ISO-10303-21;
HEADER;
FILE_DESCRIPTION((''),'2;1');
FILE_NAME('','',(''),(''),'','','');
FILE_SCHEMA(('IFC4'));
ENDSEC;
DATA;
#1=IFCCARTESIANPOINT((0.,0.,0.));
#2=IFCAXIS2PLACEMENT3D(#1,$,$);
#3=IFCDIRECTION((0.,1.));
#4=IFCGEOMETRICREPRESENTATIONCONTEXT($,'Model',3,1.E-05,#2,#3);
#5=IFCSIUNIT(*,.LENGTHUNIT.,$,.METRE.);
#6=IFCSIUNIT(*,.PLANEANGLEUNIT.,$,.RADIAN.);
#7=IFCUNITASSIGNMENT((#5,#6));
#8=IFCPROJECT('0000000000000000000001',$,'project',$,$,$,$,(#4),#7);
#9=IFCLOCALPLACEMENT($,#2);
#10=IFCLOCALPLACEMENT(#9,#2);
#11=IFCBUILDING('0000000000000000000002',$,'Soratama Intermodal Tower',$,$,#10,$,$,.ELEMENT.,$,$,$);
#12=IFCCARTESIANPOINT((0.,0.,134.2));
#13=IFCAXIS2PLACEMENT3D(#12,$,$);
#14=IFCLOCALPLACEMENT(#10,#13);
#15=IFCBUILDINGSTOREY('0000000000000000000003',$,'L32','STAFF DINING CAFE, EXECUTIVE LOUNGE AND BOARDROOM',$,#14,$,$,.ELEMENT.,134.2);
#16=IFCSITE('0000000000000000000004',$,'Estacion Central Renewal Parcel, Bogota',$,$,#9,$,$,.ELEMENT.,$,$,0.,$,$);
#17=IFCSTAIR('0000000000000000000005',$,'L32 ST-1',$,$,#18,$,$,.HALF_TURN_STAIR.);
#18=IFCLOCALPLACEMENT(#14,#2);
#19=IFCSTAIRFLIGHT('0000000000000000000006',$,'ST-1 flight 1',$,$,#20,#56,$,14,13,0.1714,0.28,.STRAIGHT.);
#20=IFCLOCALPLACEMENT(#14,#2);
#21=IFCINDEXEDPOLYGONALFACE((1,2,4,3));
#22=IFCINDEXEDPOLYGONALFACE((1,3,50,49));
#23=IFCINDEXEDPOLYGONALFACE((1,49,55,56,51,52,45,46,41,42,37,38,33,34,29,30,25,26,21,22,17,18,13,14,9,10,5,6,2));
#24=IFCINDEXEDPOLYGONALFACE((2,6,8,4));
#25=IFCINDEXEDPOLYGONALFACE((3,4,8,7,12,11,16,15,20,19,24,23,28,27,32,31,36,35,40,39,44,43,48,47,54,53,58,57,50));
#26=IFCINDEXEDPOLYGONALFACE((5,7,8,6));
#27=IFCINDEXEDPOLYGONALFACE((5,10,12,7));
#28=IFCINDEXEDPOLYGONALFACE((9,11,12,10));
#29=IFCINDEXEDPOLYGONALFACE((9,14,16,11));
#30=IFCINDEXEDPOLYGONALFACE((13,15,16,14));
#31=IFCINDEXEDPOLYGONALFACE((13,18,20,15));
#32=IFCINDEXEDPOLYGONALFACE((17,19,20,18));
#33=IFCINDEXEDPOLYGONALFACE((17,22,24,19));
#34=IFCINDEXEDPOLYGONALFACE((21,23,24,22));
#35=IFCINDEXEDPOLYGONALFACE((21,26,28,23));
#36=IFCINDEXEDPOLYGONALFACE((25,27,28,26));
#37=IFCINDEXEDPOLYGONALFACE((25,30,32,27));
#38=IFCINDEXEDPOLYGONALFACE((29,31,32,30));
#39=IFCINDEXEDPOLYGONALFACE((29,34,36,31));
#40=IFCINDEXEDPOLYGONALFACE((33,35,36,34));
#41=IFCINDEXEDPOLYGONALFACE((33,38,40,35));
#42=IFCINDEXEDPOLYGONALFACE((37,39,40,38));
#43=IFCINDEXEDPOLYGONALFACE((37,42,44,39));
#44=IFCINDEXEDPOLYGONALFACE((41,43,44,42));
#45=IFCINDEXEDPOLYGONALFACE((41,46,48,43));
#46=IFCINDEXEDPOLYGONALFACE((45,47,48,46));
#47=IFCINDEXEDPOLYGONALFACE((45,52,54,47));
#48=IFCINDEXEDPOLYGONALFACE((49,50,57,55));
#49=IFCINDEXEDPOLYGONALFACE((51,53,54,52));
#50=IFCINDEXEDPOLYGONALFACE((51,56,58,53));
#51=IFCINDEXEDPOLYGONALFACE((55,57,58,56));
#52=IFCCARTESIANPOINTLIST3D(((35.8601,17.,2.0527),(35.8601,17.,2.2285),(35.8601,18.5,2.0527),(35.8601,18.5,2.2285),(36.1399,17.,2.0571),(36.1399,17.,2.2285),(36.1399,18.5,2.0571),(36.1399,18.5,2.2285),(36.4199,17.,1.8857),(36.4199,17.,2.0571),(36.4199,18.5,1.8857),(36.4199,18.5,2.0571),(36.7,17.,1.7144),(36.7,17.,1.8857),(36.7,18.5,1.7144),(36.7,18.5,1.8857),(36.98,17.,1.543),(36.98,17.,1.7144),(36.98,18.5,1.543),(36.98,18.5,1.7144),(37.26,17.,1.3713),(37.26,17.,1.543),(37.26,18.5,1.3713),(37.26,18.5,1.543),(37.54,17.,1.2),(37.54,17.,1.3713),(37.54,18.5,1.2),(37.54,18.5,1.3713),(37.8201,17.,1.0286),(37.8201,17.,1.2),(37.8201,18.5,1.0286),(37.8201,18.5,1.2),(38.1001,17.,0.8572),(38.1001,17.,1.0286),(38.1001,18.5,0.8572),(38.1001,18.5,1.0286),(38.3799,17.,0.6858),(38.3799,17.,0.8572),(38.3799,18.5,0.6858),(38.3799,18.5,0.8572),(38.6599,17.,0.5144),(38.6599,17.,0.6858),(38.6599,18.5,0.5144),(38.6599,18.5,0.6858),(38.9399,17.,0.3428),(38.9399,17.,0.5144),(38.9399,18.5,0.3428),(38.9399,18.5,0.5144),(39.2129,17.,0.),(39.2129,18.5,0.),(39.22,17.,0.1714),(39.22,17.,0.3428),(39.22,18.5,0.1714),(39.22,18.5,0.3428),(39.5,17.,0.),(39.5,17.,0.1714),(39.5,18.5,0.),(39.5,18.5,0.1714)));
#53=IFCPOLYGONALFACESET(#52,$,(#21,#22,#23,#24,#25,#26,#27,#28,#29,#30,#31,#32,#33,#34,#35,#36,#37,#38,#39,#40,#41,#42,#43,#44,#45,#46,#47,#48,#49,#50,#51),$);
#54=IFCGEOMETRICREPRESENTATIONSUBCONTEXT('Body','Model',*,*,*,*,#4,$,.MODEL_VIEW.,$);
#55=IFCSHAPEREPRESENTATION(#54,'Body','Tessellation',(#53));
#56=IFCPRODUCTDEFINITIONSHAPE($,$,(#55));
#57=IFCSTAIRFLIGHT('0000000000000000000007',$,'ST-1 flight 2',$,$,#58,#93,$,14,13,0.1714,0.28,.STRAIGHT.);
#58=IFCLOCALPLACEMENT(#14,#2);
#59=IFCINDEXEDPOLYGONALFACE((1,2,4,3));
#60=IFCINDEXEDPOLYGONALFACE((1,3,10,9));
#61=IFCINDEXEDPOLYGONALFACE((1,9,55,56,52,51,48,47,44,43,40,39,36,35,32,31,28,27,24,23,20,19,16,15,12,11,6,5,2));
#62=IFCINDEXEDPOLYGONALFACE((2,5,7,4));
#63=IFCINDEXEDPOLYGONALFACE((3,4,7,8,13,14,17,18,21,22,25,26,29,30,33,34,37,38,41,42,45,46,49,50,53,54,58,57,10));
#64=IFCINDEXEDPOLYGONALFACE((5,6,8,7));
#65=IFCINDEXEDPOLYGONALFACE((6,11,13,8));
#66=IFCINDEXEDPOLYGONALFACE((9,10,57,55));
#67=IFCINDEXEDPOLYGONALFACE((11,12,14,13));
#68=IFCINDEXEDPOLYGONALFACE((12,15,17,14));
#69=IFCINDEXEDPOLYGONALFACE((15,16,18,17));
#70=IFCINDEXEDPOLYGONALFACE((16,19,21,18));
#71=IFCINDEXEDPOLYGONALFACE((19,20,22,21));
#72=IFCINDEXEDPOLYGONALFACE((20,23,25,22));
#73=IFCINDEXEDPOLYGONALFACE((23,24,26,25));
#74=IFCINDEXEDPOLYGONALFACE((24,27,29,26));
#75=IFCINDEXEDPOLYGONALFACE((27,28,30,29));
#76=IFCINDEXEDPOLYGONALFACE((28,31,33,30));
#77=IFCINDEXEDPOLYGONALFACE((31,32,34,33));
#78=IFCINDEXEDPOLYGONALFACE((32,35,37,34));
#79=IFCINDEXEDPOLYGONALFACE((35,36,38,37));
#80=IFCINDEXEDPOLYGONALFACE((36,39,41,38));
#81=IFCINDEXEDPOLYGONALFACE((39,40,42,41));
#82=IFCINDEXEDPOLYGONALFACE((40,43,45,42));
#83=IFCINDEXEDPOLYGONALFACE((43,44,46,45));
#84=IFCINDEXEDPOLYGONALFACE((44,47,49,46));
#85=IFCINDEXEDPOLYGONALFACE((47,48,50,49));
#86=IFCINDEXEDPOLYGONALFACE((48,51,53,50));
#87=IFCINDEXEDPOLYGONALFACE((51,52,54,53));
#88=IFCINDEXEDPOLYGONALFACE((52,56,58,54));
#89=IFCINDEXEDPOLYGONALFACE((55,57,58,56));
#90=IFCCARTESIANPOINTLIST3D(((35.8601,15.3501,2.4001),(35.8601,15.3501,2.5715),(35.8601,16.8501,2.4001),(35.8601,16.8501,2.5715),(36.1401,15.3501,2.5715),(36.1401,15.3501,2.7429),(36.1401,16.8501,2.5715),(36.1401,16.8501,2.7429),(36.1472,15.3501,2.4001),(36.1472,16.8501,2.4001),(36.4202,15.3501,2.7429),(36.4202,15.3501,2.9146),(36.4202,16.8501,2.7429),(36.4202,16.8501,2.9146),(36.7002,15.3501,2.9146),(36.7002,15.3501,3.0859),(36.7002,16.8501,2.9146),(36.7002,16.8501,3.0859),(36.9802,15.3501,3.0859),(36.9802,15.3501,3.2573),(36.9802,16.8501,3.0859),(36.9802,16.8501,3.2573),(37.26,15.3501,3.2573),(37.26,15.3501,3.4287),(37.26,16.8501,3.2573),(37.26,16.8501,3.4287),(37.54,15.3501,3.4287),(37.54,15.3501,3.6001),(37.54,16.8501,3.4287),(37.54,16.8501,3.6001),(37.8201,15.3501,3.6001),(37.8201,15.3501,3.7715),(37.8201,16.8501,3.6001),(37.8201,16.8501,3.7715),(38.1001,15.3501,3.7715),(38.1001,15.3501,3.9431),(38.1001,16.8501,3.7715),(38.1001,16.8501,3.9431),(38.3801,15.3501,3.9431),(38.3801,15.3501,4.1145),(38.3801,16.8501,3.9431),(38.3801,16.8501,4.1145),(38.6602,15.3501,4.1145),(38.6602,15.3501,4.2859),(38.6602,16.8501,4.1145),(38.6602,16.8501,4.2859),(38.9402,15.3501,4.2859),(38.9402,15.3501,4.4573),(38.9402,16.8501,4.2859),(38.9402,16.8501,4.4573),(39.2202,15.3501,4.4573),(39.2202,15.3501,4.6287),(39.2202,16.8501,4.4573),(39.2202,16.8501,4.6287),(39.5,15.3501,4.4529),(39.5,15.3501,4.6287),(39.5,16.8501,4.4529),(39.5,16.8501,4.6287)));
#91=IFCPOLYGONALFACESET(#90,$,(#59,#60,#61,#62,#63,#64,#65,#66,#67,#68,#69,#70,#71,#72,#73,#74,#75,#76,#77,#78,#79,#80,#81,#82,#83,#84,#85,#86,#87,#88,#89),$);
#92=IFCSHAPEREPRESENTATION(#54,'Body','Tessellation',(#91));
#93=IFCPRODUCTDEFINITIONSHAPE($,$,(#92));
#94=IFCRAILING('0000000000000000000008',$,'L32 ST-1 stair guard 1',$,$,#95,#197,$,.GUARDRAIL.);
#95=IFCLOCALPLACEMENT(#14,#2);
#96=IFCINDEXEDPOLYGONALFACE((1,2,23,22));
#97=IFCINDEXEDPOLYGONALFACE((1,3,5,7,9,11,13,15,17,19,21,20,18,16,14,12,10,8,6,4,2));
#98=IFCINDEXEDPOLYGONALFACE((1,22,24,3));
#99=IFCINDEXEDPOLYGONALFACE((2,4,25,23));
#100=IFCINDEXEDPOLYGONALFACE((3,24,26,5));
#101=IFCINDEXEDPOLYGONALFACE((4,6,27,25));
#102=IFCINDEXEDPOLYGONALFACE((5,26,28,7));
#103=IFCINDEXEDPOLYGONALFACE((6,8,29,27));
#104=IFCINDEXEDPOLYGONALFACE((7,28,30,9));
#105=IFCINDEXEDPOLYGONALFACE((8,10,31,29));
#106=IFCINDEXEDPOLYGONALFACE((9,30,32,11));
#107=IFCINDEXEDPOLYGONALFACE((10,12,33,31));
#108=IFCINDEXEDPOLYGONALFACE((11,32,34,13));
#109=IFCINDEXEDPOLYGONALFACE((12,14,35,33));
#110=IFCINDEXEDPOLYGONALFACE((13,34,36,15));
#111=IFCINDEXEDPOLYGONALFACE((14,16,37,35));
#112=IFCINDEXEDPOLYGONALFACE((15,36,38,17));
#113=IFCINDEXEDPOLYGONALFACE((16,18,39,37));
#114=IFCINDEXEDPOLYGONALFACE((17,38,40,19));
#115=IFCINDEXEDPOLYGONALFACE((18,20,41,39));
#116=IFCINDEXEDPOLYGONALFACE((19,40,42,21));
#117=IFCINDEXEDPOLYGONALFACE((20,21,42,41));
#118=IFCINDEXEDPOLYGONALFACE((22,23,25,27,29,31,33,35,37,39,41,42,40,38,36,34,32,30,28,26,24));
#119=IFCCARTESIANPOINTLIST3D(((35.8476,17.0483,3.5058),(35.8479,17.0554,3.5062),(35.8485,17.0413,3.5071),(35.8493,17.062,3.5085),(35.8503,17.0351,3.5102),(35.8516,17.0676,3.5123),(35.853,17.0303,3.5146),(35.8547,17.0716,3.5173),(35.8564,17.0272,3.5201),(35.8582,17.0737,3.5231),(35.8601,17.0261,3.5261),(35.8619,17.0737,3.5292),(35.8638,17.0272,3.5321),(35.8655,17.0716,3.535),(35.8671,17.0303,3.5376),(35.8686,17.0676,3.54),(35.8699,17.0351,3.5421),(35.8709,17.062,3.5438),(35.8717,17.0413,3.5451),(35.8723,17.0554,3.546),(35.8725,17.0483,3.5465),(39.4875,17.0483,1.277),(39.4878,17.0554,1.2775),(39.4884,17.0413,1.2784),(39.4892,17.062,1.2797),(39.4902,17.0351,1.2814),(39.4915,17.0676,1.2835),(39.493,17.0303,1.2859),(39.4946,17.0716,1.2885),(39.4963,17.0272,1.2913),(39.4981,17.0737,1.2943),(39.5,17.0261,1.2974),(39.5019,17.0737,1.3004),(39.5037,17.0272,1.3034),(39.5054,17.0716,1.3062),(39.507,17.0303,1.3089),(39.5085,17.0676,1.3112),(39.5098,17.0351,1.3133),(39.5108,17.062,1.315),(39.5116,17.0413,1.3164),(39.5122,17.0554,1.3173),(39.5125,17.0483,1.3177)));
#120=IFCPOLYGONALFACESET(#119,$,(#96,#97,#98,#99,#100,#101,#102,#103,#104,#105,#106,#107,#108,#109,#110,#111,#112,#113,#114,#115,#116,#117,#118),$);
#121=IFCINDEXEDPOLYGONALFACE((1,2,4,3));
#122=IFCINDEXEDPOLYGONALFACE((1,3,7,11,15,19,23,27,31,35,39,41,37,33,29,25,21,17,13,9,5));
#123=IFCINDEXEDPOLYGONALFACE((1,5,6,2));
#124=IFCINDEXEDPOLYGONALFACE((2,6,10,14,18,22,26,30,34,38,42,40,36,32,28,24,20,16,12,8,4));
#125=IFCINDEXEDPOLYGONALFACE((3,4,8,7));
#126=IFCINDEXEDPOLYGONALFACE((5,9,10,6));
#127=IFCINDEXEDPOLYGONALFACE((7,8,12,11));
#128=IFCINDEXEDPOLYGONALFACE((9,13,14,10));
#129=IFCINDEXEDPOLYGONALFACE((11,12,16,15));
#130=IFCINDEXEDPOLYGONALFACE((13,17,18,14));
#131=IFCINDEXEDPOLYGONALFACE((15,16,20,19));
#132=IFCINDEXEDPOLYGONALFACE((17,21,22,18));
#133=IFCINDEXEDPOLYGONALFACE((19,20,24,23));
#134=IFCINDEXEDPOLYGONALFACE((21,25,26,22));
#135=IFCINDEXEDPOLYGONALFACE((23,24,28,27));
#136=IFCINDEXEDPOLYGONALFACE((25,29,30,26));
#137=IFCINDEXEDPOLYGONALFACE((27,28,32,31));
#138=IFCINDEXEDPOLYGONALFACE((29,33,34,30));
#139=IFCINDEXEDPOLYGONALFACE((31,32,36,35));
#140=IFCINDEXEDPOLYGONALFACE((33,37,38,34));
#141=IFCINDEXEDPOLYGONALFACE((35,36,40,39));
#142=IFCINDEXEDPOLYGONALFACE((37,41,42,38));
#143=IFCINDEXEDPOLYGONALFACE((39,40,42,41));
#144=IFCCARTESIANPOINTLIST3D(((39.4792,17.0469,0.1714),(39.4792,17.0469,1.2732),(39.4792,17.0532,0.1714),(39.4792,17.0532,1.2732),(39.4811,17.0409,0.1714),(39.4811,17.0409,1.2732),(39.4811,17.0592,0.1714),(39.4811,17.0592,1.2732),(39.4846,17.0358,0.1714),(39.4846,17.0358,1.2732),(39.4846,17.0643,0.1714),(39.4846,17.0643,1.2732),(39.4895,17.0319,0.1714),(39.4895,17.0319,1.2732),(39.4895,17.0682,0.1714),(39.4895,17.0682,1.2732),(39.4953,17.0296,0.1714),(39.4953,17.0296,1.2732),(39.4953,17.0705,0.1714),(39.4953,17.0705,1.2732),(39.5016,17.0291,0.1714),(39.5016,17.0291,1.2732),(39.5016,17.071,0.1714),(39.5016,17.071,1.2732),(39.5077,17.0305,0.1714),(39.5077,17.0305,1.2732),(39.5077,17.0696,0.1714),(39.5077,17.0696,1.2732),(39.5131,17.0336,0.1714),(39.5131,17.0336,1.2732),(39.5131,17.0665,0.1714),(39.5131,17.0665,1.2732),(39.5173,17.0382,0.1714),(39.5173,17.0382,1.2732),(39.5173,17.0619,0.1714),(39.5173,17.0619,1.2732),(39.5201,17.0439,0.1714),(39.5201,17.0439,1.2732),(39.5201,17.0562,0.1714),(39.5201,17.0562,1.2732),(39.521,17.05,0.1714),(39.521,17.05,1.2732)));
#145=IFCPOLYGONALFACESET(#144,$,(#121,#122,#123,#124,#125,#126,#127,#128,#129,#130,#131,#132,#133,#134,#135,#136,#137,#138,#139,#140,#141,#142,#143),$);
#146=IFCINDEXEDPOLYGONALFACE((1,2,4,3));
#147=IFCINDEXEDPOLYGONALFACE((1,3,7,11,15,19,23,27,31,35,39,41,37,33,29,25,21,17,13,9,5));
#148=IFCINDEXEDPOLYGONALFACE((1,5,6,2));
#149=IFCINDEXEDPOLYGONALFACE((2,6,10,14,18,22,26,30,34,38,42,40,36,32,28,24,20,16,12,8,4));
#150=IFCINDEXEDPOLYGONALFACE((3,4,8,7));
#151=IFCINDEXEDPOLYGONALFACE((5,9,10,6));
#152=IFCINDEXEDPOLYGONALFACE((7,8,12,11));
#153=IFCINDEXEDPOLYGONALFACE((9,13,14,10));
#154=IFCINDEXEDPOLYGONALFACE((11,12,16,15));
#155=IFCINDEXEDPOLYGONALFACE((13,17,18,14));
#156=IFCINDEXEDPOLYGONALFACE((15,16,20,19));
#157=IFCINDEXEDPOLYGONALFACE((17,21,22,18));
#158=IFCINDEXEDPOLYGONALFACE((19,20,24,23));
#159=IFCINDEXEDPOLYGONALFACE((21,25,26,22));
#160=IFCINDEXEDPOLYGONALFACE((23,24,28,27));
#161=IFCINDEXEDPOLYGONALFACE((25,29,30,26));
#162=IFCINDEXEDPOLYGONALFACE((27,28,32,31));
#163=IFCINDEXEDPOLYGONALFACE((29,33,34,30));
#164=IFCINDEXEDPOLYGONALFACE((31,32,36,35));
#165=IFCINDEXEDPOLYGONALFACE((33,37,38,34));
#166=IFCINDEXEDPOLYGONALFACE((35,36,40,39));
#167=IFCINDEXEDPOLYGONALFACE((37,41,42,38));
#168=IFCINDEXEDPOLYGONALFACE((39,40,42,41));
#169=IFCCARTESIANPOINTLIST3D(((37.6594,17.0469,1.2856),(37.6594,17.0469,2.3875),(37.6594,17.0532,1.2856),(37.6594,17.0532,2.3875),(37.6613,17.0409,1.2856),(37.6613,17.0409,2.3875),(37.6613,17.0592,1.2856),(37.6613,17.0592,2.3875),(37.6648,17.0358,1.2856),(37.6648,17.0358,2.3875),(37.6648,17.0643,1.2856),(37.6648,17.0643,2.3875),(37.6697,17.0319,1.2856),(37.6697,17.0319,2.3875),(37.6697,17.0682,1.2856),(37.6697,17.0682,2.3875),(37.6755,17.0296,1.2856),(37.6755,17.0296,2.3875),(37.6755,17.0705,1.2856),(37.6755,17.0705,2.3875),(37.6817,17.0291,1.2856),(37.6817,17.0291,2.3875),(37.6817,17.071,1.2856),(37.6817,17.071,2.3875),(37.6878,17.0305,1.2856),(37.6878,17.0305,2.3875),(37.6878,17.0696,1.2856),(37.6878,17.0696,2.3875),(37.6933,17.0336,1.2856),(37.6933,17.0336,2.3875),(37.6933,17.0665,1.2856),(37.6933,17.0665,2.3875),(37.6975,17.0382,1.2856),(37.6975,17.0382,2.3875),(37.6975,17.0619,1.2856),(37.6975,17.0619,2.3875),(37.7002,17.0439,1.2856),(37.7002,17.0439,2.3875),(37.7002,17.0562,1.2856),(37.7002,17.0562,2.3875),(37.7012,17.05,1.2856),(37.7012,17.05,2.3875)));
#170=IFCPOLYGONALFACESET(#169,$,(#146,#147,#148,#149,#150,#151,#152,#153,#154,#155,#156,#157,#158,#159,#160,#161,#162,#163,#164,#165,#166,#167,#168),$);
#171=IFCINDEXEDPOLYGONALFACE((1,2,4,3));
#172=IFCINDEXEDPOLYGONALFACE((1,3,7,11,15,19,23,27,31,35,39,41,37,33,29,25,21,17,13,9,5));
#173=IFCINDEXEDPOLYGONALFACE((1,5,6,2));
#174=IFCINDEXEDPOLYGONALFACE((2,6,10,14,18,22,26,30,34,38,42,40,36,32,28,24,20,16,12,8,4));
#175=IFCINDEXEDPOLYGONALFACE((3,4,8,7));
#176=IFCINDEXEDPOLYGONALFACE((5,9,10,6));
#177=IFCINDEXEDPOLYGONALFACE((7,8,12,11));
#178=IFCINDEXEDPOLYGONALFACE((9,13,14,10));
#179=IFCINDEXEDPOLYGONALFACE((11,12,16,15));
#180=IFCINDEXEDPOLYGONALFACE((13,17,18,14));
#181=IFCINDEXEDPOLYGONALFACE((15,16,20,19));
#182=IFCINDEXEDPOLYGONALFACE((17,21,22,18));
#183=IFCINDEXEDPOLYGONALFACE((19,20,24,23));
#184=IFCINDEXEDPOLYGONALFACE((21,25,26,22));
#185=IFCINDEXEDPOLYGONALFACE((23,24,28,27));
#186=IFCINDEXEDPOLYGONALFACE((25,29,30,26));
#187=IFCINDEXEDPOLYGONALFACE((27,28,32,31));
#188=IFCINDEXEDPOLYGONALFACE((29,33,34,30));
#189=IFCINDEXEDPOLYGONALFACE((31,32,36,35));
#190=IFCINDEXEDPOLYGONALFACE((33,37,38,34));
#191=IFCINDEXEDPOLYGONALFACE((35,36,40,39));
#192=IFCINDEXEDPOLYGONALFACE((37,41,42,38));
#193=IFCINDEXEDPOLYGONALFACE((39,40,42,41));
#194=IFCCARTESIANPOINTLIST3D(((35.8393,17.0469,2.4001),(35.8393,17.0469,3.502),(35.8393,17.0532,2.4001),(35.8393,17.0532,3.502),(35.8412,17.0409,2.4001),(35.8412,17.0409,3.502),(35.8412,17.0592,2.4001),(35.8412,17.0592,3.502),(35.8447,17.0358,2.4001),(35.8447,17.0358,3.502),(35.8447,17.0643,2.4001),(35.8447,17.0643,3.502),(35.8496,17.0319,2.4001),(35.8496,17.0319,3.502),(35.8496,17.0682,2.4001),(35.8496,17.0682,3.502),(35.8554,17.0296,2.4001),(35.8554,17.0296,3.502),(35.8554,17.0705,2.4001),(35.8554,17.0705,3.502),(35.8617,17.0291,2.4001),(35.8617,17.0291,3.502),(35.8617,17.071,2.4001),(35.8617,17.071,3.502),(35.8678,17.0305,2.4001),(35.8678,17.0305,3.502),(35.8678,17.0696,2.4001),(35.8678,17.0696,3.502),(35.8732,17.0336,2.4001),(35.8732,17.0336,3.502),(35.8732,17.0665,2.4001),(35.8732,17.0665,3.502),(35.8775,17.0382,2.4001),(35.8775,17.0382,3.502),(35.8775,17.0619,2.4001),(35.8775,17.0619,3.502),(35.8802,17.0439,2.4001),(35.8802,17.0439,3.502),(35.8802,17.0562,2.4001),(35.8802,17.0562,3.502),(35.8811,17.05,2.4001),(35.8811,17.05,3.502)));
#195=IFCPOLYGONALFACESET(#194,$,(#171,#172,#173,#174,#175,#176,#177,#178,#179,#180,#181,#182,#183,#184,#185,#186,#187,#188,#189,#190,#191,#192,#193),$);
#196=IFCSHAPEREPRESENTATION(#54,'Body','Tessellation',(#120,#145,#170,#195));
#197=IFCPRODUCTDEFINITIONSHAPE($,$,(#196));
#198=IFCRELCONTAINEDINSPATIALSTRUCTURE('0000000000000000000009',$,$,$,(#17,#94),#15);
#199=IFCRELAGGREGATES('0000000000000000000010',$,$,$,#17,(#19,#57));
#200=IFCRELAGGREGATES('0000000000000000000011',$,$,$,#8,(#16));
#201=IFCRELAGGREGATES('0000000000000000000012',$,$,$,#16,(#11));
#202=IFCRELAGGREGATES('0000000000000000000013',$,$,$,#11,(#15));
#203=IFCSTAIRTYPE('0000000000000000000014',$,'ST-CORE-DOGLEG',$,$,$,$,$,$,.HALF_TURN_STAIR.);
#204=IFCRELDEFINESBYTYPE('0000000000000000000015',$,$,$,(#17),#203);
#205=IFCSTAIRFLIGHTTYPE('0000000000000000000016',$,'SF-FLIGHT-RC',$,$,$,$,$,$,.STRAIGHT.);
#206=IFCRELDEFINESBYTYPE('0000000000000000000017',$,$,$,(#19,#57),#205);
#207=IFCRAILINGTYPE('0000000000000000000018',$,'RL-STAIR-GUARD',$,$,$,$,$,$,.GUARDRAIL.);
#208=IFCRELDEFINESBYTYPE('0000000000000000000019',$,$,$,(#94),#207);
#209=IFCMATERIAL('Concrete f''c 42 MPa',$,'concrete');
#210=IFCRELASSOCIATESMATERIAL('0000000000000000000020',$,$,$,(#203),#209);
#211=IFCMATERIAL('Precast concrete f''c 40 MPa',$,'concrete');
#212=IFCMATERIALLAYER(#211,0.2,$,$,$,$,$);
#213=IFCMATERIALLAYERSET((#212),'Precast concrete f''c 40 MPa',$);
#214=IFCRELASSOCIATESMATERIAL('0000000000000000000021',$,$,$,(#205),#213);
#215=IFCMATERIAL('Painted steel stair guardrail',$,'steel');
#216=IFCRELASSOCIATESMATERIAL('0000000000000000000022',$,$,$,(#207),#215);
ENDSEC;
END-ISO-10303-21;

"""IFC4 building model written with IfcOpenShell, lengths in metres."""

from ifc_helpers import new_model, si_unit, direction, frame, origin, origin_2d, place, context, subcontext, project, spatial, polyline, circle, outline, extrude, material, layer, layer_set, type_object, element, aggregate, save


model = new_model("IFC4")

# Units and contexts
model_context = context("Model", 3, precision=1e-05, world=origin(), true_north=direction((0.0, 1.0)))
body_context = subcontext(model_context, "Body", "Model", "MODEL_VIEW")
ifc_project = project(units=[si_unit("LENGTHUNIT", "METRE"), si_unit("PLANEANGLEUNIT", "RADIAN")], contexts=[model_context])

# Site, building, storey
site_placement = place(None, origin())
site = spatial("IfcSite", under=ifc_project, at=site_placement, Name="Estacion Central Renewal Parcel, Bogota", CompositionType="ELEMENT", RefElevation=0.0)
building_placement = place(site_placement, origin())
building = spatial("IfcBuilding", under=site, at=building_placement, Name="Soratama Intermodal Tower", CompositionType="ELEMENT")
storey_placement = place(building_placement, frame((0.0, 0.0, 134.2)))
storey = spatial("IfcBuildingStorey", under=building, at=storey_placement, Name="L32", Description="STAFF DINING CAFE, EXECUTIVE LOUNGE AND BOARDROOM", CompositionType="ELEMENT", Elevation=134.2)

# Stair, stair flights
ifc_material_1 = material(Name="Concrete f'c 42 MPa", Category="concrete")
stair_type = type_object("IfcStairType", Name="ST-CORE-DOGLEG", PredefinedType="HALF_TURN_STAIR", material=ifc_material_1)
stair_placement = place(storey_placement, origin())
stair = element("IfcStair", 1, at=stair_placement, inside=storey, type_object=stair_type, Name="L32 ST-1", PredefinedType="HALF_TURN_STAIR")
ifc_material_2 = material(Name="Precast concrete f'c 40 MPa", Category="concrete")
ifc_layer_1 = layer(ifc_material_2, 0.2)
ifc_layer_set_1 = layer_set([ifc_layer_1], Name="Precast concrete f'c 40 MPa")
stair_flight_type = type_object("IfcStairFlightType", Name="SF-FLIGHT-RC", PredefinedType="STRAIGHT", material=ifc_layer_set_1)
stair_flight_1_placement = place(storey_placement, frame((39.5, 17.75, 0.0), z_axis=(0.0, 0.0, 1.0), x_axis=(-1.0, 0.0, 0.0)))
stair_flight_1 = element("IfcStairFlight", 2, at=stair_flight_1_placement, type_object=stair_flight_type, Name="ST-1 flight 1", NumberOfRisers=14, NumberOfTreads=13, PredefinedType="STRAIGHT", RiserHeight=0.1714, TreadLength=0.28, context=body_context, shape_type="SweptSolid", body=[
    extrude(outline(polyline([(0.0, 0.0), (0.0, 0.1714), (0.28, 0.1714), (0.28, 0.3428), (0.5601, 0.3428), (0.5601, 0.5144), (0.8401, 0.5144), (0.8401, 0.6858), (1.1201, 0.6858), (1.1201, 0.8572), (1.3999, 0.8572), (1.3999, 1.0286), (1.6799, 1.0286), (1.6799, 1.2), (1.96, 1.2), (1.96, 1.3713), (2.24, 1.3713), (2.24, 1.543), (2.52, 1.543), (2.52, 1.7144), (2.8, 1.7144), (2.8, 1.8857), (3.0801, 1.8857), (3.0801, 2.0571), (3.3601, 2.0571), (3.3601, 2.2285), (3.6399, 2.2285), (3.6399, 2.3999), (3.6399, 2.0527), (0.2871, 0.0), (0.0, 0.0)])), frame((0.0, 0.75, 0.0), z_axis=(0.0, -1.0, 0.0), x_axis=(1.0, 0.0, 0.0)), (0.0, 0.0, 1.0), 1.5),
])
stair_flight_2_placement = place(storey_placement, frame((35.8601, 16.1001, 2.4001), z_axis=(0.0, 0.0, 1.0), x_axis=(1.0, 0.0, 0.0)))
stair_flight_2 = element("IfcStairFlight", 3, at=stair_flight_2_placement, type_object=stair_flight_type, Name="ST-1 flight 2", NumberOfRisers=14, NumberOfTreads=13, PredefinedType="STRAIGHT", RiserHeight=0.1714, TreadLength=0.28, context=body_context, shape_type="SweptSolid", body=[
    extrude(outline(polyline([(0.0, 0.0), (0.0, 0.1714), (0.28, 0.1714), (0.28, 0.3428), (0.5601, 0.3428), (0.5601, 0.5144), (0.8401, 0.5144), (0.8401, 0.6858), (1.1201, 0.6858), (1.1201, 0.8572), (1.3999, 0.8572), (1.3999, 1.0286), (1.6799, 1.0286), (1.6799, 1.2), (1.96, 1.2), (1.96, 1.3713), (2.24, 1.3713), (2.24, 1.543), (2.52, 1.543), (2.52, 1.7144), (2.8, 1.7144), (2.8, 1.8857), (3.0801, 1.8857), (3.0801, 2.0571), (3.3601, 2.0571), (3.3601, 2.2285), (3.6399, 2.2285), (3.6399, 2.3999), (3.6399, 2.0527), (0.2871, 0.0), (0.0, 0.0)])), frame((0.0, 0.75, 0.0), z_axis=(0.0, -1.0, 0.0), x_axis=(1.0, 0.0, 0.0)), (0.0, 0.0, 1.0), 1.5),
])
aggregate(stair, [stair_flight_1, stair_flight_2])

# Railing
ifc_material_3 = material(Name="Painted steel stair guardrail", Category="steel")
railing_type_1 = type_object("IfcRailingType", Name="RL-STAIR-GUARD", PredefinedType="GUARDRAIL", material=ifc_material_3)
railing_1_placement = place(storey_placement, frame((39.5, 17.05, 0.1714)))
element("IfcRailing", 4, at=railing_1_placement, inside=storey, type_object=railing_type_1, Name="L32 ST-1 stair guard 1", PredefinedType="GUARDRAIL", context=body_context, shape_type="SweptSolid", body=[
    extrude(circle(Radius=0.0239, at=origin_2d()), frame((0.0, 0.0, 1.126), z_axis=(-0.852825, 0.0, 0.522197), x_axis=(0.0, -1.0, 0.0)), (0.0, 0.0, 1.0), 4.2681),
    extrude(circle(Radius=0.021, at=origin_2d()), origin(), (0.0, 0.0, 1.0), 1.1018),
    extrude(circle(Radius=0.021, at=origin_2d()), frame((-1.8198, 0.0, 1.1143)), (0.0, 0.0, 1.0), 1.1018),
    extrude(circle(Radius=0.021, at=origin_2d()), frame((-3.6399, 0.0, 2.2288)), (0.0, 0.0, 1.0), 1.1018),
])

save(model, "model.ifc")
